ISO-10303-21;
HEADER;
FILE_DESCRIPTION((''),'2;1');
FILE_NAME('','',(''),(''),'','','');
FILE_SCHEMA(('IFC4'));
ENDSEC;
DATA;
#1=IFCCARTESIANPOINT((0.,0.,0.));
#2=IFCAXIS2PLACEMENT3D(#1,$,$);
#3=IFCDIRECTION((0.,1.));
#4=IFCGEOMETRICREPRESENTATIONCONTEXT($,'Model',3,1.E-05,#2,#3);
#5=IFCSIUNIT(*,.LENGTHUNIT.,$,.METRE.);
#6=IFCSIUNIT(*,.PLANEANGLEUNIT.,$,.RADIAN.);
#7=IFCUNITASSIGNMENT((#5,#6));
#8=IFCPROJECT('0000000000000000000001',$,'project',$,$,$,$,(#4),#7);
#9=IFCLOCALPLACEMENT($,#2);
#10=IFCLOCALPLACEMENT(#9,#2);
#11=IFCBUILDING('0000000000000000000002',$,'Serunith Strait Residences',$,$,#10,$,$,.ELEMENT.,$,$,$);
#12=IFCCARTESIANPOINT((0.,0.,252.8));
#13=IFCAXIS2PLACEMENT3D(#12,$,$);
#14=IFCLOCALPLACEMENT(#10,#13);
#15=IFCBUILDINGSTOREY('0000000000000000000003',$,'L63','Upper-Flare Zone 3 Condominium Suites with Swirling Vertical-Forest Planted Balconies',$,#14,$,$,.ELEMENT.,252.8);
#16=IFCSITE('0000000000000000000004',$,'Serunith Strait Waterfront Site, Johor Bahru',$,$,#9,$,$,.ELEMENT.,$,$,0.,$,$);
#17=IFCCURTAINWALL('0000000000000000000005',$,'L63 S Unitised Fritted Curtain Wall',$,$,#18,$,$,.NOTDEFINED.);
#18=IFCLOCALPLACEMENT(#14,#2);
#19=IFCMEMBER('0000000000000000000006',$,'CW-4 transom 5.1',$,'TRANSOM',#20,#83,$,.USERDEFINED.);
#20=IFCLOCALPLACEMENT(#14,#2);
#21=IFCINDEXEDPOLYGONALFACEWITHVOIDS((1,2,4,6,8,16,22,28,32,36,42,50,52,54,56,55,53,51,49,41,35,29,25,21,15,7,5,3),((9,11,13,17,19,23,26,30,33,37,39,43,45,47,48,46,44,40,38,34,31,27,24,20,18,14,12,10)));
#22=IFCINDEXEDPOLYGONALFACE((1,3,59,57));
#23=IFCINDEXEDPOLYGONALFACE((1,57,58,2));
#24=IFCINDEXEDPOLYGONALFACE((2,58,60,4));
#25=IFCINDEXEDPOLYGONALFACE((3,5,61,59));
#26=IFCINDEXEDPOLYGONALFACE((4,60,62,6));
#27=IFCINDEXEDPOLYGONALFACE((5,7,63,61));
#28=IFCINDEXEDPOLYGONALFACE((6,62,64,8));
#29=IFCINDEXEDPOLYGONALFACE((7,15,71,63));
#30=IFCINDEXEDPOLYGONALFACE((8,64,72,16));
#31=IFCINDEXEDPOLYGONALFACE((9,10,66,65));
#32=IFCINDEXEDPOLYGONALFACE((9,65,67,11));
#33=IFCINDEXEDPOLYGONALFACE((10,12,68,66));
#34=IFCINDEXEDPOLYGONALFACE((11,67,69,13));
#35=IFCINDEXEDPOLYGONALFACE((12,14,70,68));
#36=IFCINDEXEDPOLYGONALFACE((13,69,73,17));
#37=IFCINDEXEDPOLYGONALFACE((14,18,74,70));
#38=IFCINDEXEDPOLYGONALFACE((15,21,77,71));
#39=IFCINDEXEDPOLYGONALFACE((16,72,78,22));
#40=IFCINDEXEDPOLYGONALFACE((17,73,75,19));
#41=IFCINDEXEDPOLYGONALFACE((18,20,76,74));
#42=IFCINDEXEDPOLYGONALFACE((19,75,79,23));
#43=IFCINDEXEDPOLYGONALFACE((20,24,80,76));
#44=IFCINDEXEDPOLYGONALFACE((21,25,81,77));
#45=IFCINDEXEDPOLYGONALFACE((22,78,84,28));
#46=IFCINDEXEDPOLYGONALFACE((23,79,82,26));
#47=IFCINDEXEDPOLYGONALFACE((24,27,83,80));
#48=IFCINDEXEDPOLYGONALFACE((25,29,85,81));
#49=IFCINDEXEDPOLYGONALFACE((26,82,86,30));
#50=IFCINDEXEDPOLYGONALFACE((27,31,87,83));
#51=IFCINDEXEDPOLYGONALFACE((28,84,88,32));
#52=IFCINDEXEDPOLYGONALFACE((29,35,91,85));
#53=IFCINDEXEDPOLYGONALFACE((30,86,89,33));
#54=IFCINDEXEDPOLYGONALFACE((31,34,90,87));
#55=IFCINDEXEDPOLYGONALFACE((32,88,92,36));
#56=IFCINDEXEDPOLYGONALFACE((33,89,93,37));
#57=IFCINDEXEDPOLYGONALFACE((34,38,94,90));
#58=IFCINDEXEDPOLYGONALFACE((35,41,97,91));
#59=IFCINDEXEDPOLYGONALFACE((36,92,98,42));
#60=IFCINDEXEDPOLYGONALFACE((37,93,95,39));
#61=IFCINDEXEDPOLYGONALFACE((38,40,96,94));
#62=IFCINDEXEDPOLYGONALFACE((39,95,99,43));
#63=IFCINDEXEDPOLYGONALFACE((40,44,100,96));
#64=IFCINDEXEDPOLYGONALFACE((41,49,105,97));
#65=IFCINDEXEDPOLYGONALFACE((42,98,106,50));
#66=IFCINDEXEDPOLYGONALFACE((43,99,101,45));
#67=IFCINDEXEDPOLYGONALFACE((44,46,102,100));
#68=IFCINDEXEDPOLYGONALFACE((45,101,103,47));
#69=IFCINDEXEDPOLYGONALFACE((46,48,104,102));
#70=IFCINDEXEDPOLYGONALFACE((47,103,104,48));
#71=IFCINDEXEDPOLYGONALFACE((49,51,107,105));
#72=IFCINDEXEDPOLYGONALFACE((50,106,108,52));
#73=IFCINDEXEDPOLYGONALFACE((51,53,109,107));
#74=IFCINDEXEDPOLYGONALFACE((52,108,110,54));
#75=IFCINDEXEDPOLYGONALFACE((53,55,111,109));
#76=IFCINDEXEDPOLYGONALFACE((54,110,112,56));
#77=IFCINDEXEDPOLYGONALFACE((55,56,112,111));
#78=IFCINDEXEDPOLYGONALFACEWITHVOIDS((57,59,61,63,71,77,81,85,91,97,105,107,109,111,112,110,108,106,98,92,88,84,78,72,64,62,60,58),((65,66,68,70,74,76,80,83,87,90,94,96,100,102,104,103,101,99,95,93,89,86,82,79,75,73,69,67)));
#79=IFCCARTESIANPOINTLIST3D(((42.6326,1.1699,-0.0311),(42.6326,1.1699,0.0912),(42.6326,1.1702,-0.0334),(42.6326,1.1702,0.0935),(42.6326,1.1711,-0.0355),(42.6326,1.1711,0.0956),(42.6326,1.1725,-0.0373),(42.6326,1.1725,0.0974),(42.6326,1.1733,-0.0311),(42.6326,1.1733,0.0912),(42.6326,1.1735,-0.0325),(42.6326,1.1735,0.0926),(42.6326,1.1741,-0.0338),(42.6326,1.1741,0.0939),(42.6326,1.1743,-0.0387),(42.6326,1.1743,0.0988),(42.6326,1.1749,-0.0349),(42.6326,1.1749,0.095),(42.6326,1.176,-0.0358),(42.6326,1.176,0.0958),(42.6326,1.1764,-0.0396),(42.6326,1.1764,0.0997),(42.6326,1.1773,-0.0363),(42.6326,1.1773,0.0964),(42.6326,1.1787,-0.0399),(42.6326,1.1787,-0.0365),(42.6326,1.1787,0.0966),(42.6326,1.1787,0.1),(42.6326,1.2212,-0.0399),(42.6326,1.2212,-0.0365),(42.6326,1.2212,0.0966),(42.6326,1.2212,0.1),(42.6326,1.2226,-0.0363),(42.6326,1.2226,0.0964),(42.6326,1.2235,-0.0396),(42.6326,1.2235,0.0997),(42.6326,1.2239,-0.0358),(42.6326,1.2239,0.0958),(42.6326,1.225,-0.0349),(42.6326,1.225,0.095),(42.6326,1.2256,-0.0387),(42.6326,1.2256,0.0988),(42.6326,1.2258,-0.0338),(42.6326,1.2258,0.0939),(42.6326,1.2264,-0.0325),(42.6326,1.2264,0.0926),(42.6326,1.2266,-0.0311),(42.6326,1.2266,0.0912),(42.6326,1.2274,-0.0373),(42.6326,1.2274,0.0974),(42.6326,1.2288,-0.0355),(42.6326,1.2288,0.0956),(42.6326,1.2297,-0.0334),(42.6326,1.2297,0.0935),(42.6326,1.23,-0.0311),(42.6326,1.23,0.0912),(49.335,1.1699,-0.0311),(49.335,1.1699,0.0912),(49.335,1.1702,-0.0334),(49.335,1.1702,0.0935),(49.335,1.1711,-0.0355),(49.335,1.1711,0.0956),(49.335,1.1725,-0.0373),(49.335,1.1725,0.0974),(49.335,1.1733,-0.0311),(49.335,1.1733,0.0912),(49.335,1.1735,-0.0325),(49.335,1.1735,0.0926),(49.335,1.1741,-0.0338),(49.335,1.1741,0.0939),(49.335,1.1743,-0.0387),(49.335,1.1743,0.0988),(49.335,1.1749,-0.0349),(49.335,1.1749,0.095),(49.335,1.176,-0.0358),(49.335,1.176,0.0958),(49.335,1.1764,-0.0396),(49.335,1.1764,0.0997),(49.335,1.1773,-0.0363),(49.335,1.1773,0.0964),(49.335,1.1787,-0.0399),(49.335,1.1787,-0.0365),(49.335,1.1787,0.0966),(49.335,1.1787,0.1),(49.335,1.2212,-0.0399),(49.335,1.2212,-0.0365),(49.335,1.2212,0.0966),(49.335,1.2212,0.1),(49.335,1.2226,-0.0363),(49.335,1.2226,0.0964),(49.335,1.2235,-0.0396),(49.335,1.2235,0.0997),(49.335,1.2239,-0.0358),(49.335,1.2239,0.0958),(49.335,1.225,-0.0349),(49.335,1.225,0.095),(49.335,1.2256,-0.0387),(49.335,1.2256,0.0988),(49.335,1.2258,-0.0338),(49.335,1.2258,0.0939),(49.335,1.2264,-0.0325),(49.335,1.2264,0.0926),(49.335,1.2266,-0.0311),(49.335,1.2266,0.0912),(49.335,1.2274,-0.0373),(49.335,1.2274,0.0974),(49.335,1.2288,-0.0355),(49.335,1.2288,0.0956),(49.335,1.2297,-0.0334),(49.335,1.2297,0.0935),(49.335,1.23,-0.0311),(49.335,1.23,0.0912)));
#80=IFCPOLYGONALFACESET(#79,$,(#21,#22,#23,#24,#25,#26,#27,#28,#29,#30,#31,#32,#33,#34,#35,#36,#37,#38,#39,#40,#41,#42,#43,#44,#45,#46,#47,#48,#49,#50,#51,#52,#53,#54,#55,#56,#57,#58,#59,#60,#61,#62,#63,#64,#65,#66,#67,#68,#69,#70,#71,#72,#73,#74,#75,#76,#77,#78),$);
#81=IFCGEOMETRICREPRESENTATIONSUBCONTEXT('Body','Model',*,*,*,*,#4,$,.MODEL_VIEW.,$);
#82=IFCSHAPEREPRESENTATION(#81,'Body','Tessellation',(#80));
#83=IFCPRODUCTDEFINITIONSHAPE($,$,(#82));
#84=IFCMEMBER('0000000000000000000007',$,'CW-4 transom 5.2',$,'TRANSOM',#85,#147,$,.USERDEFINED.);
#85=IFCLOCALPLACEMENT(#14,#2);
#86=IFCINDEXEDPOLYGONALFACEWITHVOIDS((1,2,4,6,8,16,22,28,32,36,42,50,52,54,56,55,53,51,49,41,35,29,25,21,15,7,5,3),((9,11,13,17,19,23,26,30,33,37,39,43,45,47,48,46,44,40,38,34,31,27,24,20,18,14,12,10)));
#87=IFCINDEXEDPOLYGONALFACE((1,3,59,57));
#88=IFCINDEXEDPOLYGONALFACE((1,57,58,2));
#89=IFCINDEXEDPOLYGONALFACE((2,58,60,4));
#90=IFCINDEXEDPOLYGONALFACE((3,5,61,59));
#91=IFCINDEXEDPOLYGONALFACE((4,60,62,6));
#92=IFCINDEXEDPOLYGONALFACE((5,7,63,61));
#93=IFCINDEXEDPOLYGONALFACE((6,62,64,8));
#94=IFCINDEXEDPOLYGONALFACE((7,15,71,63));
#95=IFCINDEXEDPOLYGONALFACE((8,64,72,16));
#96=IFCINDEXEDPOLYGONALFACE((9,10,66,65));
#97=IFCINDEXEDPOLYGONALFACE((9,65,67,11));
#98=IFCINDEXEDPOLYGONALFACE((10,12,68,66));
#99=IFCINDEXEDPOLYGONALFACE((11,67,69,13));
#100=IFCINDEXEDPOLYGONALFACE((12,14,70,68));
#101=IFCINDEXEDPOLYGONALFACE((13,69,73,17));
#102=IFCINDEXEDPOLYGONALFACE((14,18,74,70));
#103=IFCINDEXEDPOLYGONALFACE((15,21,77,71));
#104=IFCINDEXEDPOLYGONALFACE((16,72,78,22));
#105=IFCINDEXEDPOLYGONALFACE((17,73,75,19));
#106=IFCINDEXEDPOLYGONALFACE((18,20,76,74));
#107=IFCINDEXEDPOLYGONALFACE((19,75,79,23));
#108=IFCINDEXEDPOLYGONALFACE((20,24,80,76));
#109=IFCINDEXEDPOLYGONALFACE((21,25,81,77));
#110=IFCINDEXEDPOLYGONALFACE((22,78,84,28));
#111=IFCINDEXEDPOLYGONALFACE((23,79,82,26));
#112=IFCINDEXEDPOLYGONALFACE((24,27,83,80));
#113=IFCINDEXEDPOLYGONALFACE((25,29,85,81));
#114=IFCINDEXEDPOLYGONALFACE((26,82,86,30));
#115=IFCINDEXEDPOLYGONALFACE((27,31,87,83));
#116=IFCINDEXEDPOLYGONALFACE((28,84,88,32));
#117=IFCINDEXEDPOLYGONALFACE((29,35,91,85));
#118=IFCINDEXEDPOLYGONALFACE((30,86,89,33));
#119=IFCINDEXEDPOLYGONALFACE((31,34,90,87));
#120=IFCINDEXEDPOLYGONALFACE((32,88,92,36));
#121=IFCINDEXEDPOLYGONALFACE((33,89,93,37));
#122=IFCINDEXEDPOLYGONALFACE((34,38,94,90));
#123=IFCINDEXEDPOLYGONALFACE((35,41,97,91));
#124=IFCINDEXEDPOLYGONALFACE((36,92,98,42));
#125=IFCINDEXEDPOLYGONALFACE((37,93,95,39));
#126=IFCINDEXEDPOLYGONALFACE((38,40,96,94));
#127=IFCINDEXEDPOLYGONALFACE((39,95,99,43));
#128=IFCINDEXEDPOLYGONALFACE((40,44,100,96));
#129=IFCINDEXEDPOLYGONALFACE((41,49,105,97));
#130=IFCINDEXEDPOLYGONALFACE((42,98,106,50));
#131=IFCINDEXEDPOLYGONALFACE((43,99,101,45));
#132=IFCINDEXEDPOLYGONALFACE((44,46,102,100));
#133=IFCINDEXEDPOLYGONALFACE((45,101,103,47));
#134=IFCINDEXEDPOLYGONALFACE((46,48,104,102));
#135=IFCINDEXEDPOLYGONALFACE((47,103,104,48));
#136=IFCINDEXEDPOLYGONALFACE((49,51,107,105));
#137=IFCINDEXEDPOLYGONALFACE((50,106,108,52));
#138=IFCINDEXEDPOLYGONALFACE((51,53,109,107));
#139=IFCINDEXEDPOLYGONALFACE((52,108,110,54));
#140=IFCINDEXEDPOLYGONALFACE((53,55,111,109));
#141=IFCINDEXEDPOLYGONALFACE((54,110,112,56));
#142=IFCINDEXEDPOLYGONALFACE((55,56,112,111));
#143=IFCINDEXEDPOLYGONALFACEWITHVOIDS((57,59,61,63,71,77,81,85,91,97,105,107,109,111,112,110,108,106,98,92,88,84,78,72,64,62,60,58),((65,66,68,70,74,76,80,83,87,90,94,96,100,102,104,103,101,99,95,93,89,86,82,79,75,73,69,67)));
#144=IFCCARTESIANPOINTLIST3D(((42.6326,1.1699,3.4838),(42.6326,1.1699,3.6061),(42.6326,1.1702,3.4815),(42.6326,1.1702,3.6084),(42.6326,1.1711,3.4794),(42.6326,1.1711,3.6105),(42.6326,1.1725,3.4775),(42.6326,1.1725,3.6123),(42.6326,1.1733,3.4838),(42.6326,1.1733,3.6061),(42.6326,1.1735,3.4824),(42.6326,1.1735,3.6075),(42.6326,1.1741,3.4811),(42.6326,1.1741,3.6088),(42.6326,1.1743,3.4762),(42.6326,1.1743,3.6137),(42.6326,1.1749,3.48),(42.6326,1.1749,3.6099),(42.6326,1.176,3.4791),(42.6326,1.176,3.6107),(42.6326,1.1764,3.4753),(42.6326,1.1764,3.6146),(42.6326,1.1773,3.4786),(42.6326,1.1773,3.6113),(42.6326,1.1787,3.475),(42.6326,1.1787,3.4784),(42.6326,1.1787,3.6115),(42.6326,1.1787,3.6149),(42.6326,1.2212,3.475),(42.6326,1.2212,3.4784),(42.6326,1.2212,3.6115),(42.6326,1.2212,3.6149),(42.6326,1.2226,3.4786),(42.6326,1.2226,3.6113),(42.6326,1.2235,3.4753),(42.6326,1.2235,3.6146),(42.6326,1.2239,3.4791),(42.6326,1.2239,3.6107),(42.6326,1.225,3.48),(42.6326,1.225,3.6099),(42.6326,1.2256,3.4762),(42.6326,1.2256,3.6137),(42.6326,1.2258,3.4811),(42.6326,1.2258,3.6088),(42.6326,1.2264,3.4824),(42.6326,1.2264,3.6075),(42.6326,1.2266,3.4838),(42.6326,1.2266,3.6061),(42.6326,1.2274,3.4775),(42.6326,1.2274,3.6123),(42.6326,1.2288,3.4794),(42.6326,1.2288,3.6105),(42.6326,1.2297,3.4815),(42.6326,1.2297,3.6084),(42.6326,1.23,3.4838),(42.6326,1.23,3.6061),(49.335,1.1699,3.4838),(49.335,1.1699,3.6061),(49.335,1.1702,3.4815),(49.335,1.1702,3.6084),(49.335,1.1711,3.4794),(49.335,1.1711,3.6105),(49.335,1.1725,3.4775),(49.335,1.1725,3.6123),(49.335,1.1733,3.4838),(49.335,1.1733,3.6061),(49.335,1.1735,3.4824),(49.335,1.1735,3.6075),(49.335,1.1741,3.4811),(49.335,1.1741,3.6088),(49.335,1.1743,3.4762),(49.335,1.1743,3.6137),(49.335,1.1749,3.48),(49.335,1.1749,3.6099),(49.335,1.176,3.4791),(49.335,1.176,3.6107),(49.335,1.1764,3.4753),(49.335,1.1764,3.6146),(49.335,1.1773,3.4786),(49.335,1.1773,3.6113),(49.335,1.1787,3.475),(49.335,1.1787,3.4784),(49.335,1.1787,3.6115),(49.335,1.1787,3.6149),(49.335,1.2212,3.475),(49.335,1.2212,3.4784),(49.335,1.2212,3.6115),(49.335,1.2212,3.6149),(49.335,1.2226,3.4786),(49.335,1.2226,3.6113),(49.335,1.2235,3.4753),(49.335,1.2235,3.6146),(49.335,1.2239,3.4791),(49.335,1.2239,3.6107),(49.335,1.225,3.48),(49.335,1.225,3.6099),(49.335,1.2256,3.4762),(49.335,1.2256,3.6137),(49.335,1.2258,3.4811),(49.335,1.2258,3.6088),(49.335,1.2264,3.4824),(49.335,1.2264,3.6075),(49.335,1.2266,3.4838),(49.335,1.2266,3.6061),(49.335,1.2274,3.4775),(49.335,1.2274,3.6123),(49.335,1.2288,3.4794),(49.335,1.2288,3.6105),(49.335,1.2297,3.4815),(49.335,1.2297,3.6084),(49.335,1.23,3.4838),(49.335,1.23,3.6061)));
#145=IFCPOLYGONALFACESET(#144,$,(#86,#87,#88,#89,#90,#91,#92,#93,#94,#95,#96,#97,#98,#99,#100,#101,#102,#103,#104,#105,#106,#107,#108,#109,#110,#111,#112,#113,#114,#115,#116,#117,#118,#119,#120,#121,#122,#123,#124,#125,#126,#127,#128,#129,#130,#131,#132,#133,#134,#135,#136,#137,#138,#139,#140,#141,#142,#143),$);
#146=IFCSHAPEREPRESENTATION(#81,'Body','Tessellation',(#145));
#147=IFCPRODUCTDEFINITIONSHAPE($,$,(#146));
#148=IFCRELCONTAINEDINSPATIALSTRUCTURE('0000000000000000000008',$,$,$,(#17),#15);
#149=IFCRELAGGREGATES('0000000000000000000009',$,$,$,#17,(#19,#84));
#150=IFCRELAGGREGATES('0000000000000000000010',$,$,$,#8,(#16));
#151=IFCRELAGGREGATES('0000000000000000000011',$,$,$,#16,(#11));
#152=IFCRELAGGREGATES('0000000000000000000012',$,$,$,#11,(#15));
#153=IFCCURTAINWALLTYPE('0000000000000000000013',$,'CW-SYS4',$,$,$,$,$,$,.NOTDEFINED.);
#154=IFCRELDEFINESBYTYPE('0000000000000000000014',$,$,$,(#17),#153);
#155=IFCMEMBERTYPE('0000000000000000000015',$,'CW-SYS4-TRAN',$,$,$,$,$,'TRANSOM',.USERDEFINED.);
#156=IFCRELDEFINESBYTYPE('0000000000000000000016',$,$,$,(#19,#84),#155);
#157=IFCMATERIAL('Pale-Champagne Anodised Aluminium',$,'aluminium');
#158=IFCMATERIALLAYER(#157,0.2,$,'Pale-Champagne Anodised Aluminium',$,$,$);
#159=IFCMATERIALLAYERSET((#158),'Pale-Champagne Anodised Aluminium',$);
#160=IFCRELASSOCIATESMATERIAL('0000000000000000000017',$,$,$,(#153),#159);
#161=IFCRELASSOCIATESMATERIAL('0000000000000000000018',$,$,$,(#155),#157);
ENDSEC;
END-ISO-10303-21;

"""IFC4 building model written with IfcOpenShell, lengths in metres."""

from ifc_helpers import new_model, si_unit, direction, frame, origin, origin_2d, place, context, subcontext, project, spatial, hollow_rectangle, extrude, source, transform, mapped, material, layer, layer_set, material_profile, profile_set, type_object, element, aggregate, save


model = new_model("IFC4")

# Units and contexts
model_context = context("Model", 3, precision=1e-05, world=origin(), true_north=direction((0.0, 1.0)))
body_context = subcontext(model_context, "Body", "Model", "MODEL_VIEW")
ifc_project = project(units=[si_unit("LENGTHUNIT", "METRE"), si_unit("PLANEANGLEUNIT", "RADIAN")], contexts=[model_context])

# Site, building, storey
site_placement = place(None, origin())
site = spatial("IfcSite", under=ifc_project, at=site_placement, Name="Serunith Strait Waterfront Site, Johor Bahru", CompositionType="ELEMENT", RefElevation=0.0)
building_placement = place(site_placement, origin())
building = spatial("IfcBuilding", under=site, at=building_placement, Name="Serunith Strait Residences", CompositionType="ELEMENT")
storey_placement = place(building_placement, frame((0.0, 0.0, 252.8)))
storey = spatial("IfcBuildingStorey", under=building, at=storey_placement, Name="L63", Description="Upper-Flare Zone 3 Condominium Suites with Swirling Vertical-Forest Planted Balconies", CompositionType="ELEMENT", Elevation=252.8)

# Curtain wall, members
ifc_material_1 = material(Name="Pale-Champagne Anodised Aluminium", Category="aluminium")
ifc_layer_1 = layer(ifc_material_1, 0.2, Name="Pale-Champagne Anodised Aluminium")
ifc_layer_set_1 = layer_set([ifc_layer_1], Name="Pale-Champagne Anodised Aluminium")
curtain_wall_type = type_object("IfcCurtainWallType", Name="CW-SYS4", PredefinedType="NOTDEFINED", material=ifc_layer_set_1)
curtain_wall_placement = place(storey_placement, origin())
curtain_wall = element("IfcCurtainWall", 1, at=curtain_wall_placement, inside=storey, type_object=curtain_wall_type, Name="L63 S Unitised Fritted Curtain Wall", PredefinedType="NOTDEFINED")
ifc_material_profile_1 = material_profile(ifc_material_1, hollow_rectangle(XDim=0.0601, YDim=0.1399, WallThickness=0.0034, InnerFilletRadius=0.0054, OuterFilletRadius=0.0088, at=origin_2d()), Name="ALU 140x60x3.5")
ifc_profile_set_1 = profile_set([ifc_material_profile_1], Name="Pale-Champagne Anodised Aluminium")
member_type_1 = type_object("IfcMemberType", Name="CW-SYS4-TRAN", ElementType="TRANSOM", PredefinedType="USERDEFINED", material=ifc_profile_set_1)
shared_shape_1 = source(origin(), body_context, "Body", "SweptSolid", [
    extrude(hollow_rectangle(XDim=0.0601, YDim=0.1399, WallThickness=0.0034, InnerFilletRadius=0.0054, OuterFilletRadius=0.0088, at=origin_2d()), origin(), (0.0, 0.0, 1.0), 6.7024),
])
member_1_placement = place(storey_placement, frame((42.6326, 1.2, 0.03), z_axis=(1.0, 0.0, 0.0), x_axis=(0.0, 1.0, 0.0)))
member_1 = element("IfcMember", 2, at=member_1_placement, type_object=member_type_1, Name="CW-4 transom 5.1", ObjectType="TRANSOM", PredefinedType="USERDEFINED", context=body_context, shape_type="MappedRepresentation", body=[
    mapped(shared_shape_1, transform((0.0, 0.0, 0.0), scale=1.0)),
])
member_2_placement = place(storey_placement, frame((42.6326, 1.2, 3.5449), z_axis=(1.0, 0.0, 0.0), x_axis=(0.0, 1.0, 0.0)))
member_2 = element("IfcMember", 3, at=member_2_placement, type_object=member_type_1, Name="CW-4 transom 5.2", ObjectType="TRANSOM", PredefinedType="USERDEFINED", context=body_context, shape_type="MappedRepresentation", body=[
    mapped(shared_shape_1, transform((0.0, 0.0, 0.0), scale=1.0)),
])
aggregate(curtain_wall, [member_1, member_2])

save(model, "model.ifc")
